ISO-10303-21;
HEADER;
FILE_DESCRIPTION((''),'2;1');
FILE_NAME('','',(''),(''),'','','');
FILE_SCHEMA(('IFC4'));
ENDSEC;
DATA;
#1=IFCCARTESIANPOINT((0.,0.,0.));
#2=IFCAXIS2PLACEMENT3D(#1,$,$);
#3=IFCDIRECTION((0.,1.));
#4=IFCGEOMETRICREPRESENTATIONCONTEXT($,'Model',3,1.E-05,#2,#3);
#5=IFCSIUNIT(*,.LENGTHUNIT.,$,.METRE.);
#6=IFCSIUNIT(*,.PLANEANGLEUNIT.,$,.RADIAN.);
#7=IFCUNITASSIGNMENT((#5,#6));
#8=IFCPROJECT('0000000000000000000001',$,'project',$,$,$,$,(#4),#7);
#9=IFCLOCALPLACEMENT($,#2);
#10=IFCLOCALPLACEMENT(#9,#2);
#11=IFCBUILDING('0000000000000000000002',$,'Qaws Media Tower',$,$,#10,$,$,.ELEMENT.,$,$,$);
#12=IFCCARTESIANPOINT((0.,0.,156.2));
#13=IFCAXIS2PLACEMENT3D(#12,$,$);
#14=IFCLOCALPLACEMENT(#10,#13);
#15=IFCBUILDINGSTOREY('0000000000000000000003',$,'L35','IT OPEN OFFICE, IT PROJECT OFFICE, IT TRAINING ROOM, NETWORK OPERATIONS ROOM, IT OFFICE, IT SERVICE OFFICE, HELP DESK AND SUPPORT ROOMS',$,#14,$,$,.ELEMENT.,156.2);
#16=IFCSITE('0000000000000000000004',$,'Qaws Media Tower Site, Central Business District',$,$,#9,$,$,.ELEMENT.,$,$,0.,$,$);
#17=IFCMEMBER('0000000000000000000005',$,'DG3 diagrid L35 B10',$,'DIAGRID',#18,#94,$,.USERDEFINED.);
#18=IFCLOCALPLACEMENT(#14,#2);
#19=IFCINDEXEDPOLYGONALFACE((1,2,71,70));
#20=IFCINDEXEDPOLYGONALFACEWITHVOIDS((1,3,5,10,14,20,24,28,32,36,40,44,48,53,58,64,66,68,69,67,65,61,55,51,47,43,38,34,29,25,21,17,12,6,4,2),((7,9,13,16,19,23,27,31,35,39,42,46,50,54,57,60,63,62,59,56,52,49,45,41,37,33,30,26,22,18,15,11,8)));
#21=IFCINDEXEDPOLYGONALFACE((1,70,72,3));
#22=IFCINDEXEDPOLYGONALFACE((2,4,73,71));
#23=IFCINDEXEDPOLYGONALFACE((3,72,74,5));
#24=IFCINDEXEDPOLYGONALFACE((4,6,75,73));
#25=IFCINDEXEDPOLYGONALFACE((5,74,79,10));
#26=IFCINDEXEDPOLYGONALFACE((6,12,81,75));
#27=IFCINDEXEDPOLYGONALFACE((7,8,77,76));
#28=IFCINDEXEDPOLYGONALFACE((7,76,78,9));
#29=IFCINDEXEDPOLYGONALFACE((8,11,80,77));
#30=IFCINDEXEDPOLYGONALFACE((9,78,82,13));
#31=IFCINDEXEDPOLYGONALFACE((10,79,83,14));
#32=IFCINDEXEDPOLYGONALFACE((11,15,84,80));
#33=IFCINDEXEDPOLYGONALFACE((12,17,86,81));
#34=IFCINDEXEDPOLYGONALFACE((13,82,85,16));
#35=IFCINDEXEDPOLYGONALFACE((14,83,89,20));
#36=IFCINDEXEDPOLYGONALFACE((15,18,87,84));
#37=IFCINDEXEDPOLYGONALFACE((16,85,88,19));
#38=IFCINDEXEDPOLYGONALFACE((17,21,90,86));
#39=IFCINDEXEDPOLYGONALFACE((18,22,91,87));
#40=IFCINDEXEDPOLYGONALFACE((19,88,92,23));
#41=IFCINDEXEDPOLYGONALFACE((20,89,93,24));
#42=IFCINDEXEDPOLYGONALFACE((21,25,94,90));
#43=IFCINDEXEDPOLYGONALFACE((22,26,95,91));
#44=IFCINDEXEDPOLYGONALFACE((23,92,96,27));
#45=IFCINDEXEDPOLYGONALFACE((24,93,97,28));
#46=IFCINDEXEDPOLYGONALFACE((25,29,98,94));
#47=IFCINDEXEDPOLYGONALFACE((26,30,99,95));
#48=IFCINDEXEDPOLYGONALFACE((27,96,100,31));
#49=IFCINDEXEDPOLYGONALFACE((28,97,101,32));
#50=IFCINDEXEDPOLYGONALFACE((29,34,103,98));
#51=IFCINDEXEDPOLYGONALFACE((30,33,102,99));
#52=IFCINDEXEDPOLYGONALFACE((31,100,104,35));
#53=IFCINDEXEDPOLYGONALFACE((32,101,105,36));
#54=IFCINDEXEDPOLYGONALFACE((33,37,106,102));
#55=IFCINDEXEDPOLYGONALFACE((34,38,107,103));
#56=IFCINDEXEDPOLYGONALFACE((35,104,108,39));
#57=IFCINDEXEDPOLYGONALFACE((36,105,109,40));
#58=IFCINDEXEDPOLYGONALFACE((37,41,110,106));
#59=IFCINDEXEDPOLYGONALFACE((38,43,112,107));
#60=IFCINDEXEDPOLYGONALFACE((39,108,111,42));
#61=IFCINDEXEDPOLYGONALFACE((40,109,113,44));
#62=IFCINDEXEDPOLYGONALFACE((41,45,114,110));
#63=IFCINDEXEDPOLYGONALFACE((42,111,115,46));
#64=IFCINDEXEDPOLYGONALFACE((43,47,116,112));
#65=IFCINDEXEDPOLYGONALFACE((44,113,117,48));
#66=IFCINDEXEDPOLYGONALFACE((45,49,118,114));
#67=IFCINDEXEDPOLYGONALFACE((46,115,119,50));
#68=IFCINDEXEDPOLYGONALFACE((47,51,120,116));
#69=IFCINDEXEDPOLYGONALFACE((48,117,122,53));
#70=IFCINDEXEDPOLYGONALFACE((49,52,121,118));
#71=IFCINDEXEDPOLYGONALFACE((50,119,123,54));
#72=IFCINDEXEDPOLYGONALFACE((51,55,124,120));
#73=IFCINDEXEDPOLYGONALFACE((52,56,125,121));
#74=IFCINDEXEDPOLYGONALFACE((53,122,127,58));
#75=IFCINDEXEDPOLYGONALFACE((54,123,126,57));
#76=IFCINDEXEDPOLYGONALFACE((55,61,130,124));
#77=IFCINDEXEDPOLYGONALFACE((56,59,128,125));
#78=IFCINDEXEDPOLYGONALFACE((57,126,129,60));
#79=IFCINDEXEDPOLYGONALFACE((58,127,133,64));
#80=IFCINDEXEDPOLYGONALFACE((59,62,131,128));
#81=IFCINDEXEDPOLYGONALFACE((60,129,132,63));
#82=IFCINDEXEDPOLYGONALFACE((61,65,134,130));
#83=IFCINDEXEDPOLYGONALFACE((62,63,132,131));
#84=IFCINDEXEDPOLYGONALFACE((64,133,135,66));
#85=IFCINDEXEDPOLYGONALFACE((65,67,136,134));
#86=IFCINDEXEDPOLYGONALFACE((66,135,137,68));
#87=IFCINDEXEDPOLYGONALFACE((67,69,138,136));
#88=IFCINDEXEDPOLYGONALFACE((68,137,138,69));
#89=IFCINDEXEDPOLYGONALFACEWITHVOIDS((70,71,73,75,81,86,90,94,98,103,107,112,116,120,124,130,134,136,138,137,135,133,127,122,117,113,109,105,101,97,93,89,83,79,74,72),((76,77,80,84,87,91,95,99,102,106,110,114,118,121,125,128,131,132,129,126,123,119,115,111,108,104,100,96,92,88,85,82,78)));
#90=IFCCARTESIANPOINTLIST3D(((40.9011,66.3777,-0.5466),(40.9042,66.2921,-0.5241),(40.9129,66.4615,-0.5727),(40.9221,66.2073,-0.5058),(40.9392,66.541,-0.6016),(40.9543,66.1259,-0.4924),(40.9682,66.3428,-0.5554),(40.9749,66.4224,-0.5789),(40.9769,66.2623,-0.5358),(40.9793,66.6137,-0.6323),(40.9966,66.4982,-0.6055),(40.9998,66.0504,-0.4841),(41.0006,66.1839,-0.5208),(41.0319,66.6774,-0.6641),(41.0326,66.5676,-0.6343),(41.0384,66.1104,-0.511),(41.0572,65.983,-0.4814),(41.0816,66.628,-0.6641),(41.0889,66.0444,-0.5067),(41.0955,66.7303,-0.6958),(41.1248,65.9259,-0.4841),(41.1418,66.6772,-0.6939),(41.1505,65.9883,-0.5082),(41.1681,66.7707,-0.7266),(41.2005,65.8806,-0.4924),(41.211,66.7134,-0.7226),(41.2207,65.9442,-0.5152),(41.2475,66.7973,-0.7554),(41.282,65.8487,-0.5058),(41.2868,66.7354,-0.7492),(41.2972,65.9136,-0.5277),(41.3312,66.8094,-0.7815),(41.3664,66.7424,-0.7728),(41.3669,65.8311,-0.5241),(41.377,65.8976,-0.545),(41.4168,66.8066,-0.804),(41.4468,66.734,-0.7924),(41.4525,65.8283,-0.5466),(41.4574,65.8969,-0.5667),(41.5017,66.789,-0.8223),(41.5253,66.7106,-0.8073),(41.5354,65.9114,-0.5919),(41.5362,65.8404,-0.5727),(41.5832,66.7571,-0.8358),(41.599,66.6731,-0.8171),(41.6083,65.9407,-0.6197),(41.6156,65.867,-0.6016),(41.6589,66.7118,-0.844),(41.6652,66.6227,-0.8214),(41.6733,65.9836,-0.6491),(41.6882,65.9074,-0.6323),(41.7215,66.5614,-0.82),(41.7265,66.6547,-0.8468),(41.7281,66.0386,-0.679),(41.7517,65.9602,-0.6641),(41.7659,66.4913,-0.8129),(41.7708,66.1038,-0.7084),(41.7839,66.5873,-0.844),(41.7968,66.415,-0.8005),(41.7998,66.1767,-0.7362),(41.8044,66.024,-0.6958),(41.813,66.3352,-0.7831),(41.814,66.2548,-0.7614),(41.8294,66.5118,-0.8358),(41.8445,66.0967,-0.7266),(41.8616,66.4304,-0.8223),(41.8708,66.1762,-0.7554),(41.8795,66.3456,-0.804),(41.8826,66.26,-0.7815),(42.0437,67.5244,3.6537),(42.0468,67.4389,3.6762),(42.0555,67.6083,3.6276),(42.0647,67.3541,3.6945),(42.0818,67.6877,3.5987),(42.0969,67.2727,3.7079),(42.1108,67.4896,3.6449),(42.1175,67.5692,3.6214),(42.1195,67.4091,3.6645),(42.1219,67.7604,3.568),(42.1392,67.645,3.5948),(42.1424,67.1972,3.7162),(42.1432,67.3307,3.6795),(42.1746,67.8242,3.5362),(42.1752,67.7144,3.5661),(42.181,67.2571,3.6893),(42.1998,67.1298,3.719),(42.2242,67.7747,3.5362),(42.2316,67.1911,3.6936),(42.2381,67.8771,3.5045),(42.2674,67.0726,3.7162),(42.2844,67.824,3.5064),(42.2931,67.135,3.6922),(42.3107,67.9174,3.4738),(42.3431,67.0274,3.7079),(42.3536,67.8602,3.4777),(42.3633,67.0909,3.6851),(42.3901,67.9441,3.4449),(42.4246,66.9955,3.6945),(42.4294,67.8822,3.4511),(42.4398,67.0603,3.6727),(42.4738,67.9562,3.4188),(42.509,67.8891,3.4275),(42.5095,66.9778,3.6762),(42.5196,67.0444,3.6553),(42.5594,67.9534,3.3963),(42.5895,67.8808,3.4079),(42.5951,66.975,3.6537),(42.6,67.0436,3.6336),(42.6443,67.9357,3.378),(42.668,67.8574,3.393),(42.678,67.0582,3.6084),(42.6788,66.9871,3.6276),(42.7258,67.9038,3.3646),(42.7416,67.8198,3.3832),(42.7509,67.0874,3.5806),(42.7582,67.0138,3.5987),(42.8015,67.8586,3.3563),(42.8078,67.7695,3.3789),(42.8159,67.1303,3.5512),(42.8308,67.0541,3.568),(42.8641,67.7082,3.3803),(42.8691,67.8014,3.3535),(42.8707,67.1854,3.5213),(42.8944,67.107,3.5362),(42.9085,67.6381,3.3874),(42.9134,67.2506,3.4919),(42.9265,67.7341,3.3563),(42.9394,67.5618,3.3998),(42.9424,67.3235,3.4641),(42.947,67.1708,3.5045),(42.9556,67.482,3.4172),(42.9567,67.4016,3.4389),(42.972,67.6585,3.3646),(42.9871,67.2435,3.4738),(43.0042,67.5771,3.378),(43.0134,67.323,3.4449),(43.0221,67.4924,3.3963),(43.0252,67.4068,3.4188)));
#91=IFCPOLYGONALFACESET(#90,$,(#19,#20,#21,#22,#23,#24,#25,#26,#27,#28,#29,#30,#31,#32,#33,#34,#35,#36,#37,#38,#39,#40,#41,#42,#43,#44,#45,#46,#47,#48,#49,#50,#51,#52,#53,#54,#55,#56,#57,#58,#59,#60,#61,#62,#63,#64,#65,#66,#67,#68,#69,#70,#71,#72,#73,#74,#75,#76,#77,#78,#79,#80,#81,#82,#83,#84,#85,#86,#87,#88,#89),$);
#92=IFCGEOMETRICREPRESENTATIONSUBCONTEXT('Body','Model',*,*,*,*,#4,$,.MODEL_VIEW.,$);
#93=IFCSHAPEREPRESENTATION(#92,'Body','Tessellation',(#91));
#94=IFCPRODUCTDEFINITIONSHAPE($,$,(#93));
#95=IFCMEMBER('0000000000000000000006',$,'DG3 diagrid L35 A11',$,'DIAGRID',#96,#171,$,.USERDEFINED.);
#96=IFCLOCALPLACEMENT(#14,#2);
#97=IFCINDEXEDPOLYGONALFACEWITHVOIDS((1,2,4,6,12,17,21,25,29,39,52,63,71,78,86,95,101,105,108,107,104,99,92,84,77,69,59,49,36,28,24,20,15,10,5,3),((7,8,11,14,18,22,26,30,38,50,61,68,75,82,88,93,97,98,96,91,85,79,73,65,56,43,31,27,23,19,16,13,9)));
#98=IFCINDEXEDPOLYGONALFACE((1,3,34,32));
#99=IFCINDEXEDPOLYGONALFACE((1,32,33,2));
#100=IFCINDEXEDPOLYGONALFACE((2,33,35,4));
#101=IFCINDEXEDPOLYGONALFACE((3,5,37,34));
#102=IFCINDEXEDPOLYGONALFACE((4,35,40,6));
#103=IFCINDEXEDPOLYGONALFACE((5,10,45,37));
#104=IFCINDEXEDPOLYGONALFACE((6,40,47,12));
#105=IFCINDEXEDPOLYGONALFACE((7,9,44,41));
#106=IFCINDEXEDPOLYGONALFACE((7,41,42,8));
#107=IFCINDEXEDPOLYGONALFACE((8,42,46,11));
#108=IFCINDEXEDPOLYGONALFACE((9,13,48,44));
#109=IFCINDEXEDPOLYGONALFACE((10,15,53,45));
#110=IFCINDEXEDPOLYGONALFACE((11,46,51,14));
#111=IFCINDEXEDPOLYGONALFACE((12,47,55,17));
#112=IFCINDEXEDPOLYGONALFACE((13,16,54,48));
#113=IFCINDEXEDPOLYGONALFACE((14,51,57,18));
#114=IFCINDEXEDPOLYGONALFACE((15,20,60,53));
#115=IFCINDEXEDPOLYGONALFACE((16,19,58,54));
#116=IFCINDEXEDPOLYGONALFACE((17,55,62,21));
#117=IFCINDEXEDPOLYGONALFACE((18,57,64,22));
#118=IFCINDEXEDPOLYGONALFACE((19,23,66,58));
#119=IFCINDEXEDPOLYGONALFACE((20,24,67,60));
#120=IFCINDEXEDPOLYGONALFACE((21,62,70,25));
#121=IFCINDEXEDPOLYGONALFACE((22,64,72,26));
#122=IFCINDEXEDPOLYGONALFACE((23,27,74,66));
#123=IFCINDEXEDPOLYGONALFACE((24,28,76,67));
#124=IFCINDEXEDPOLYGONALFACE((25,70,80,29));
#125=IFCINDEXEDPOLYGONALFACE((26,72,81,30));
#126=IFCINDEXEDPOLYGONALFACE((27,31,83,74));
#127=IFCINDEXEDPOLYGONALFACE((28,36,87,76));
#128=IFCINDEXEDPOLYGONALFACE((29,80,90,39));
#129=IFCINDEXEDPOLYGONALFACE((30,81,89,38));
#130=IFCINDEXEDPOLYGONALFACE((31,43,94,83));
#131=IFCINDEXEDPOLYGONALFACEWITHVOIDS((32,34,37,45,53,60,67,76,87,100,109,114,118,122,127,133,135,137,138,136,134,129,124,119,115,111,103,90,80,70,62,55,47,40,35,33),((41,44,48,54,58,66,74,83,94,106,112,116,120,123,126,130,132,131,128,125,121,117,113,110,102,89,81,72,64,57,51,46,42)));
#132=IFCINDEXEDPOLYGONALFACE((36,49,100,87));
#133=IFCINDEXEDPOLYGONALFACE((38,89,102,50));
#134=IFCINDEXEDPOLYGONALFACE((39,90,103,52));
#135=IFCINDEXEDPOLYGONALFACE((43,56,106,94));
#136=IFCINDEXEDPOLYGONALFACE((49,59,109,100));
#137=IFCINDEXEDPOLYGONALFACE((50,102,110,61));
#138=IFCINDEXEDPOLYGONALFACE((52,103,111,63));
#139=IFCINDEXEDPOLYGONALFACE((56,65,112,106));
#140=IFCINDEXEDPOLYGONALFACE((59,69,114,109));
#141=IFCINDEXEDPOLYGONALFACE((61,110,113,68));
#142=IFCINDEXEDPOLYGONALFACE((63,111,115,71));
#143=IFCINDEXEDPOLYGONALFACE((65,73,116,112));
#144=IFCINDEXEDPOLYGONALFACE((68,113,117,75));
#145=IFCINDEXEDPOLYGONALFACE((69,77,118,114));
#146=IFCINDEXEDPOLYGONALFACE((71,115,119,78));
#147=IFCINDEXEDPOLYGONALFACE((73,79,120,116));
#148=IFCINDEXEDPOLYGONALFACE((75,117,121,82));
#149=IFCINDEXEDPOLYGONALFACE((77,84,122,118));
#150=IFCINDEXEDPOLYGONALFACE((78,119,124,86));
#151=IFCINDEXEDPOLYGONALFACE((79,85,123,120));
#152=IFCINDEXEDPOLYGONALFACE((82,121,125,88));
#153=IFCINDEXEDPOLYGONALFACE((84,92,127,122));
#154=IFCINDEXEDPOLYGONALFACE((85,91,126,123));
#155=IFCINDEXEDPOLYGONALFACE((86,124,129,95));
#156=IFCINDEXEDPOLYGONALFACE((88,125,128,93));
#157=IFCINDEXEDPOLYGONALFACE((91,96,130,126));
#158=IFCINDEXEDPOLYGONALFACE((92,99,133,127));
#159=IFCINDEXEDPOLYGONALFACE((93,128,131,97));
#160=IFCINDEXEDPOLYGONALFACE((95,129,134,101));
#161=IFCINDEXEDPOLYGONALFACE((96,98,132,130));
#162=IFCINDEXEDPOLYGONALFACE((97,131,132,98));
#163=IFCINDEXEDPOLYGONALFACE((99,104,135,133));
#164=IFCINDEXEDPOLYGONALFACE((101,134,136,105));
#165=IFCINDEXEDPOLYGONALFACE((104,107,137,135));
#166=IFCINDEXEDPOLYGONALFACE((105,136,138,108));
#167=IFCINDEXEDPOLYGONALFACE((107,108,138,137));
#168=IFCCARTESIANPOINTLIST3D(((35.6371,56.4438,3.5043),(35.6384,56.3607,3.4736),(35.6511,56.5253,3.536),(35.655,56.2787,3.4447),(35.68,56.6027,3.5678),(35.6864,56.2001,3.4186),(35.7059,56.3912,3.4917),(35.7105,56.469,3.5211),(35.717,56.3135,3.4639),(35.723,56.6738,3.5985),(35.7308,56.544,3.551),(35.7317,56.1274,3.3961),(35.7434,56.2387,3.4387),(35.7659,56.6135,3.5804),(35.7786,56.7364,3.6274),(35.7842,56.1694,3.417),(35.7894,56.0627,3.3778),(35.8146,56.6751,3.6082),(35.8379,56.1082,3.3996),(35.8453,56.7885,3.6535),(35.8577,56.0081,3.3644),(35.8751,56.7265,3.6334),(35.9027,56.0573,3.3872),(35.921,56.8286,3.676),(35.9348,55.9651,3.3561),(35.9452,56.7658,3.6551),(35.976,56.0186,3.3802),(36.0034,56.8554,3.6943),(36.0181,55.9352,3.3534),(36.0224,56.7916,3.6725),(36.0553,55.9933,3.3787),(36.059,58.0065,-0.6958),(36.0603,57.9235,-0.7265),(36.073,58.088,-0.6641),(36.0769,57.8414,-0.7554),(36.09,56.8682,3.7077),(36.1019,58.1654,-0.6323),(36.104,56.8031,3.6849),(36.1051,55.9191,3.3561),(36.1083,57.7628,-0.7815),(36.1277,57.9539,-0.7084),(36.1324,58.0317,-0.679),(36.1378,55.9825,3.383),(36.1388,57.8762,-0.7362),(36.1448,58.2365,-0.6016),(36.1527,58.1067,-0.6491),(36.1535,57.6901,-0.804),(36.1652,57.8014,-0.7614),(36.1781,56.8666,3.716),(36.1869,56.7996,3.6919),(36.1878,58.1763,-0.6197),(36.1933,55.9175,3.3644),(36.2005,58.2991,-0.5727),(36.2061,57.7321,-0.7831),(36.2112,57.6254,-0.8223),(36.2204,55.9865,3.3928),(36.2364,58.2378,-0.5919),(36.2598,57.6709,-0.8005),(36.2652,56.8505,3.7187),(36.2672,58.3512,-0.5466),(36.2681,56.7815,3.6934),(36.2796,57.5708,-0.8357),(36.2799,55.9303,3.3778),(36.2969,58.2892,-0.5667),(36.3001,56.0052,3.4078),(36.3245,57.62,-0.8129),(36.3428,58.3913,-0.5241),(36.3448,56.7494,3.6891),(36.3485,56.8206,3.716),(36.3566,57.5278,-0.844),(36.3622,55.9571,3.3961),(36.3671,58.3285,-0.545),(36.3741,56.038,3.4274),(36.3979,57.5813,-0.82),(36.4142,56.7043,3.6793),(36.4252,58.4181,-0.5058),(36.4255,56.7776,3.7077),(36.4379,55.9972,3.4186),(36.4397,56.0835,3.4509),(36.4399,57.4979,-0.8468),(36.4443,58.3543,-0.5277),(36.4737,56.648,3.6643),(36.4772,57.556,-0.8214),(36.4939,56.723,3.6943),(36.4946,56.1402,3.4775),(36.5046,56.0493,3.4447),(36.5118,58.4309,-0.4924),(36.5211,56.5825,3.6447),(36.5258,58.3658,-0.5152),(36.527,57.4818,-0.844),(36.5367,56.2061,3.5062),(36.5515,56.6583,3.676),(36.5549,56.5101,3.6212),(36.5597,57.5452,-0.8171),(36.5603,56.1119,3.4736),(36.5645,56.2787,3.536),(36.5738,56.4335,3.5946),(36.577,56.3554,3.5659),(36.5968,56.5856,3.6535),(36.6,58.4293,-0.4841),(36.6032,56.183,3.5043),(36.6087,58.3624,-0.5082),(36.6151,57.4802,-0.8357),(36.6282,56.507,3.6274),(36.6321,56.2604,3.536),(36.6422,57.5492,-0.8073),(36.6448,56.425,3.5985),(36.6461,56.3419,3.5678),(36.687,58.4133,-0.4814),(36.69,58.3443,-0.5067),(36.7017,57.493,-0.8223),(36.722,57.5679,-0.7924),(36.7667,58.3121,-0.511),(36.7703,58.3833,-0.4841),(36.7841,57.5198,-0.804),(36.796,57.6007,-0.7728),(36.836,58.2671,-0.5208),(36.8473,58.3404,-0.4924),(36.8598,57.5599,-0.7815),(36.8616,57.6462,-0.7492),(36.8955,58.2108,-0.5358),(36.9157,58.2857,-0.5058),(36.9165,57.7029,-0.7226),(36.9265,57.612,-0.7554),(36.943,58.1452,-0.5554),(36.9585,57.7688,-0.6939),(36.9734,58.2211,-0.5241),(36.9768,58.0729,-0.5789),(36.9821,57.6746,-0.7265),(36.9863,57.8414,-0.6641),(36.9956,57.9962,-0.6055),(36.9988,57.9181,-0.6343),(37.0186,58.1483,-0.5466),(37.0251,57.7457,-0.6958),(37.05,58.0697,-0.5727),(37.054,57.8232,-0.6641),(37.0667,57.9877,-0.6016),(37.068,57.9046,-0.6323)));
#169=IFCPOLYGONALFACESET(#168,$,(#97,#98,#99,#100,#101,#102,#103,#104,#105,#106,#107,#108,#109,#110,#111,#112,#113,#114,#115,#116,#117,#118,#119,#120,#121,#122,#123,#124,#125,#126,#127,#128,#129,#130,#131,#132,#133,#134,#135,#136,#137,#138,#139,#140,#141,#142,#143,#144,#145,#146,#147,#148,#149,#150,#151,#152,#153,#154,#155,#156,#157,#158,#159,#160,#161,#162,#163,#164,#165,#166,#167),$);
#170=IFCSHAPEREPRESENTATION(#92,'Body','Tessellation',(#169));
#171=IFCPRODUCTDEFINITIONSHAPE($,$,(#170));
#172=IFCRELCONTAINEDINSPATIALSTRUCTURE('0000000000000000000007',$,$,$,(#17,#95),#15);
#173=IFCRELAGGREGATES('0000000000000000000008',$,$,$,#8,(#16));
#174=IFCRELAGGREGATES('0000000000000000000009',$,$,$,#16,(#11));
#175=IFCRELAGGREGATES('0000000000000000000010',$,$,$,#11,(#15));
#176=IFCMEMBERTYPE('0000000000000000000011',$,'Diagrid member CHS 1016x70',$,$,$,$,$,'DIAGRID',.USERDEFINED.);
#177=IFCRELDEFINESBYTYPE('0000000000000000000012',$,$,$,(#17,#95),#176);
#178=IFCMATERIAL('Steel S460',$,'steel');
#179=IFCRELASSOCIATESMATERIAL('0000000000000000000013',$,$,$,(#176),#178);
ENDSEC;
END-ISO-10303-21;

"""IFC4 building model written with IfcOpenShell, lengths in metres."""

from ifc_helpers import new_model, si_unit, direction, frame, origin, origin_2d, place, context, subcontext, project, spatial, hollow_circle, extrude, material, material_profile, profile_set, type_object, element, save


model = new_model("IFC4")

# Units and contexts
model_context = context("Model", 3, precision=1e-05, world=origin(), true_north=direction((0.0, 1.0)))
body_context = subcontext(model_context, "Body", "Model", "MODEL_VIEW")
ifc_project = project(units=[si_unit("LENGTHUNIT", "METRE"), si_unit("PLANEANGLEUNIT", "RADIAN")], contexts=[model_context])

# Site, building, storey
site_placement = place(None, origin())
site = spatial("IfcSite", under=ifc_project, at=site_placement, Name="Qaws Media Tower Site, Central Business District", CompositionType="ELEMENT", RefElevation=0.0)
building_placement = place(site_placement, origin())
building = spatial("IfcBuilding", under=site, at=building_placement, Name="Qaws Media Tower", CompositionType="ELEMENT")
storey_placement = place(building_placement, frame((0.0, 0.0, 156.2)))
storey = spatial("IfcBuildingStorey", under=building, at=storey_placement, Name="L35", Description="IT OPEN OFFICE, IT PROJECT OFFICE, IT TRAINING ROOM, NETWORK OPERATIONS ROOM, IT OFFICE, IT SERVICE OFFICE, HELP DESK AND SUPPORT ROOMS", CompositionType="ELEMENT", Elevation=156.2)

# Members
ifc_material_1 = material(Name="Steel S460", Category="steel")
ifc_material_profile_1 = material_profile(ifc_material_1, hollow_circle(Radius=0.5081, WallThickness=0.0701, at=origin_2d()), Name="CHS 1016x70")
ifc_profile_set_1 = profile_set([ifc_material_profile_1], Name="Steel S460")
member_type_1 = type_object("IfcMemberType", Name="Diagrid member CHS 1016x70", ElementType="DIAGRID", PredefinedType="USERDEFINED", material=ifc_profile_set_1)
member_1_placement = place(storey_placement, frame((41.3918, 66.3188, -0.6641), z_axis=(0.25383, 0.254752, 0.933098), x_axis=(-0.708388, 0.705824, 0.0)))
element("IfcMember", 1, at=member_1_placement, inside=storey, type_object=member_type_1, Name="DG3 diagrid L35 B10", ObjectType="DIAGRID", PredefinedType="USERDEFINED", context=body_context, shape_type="SweptSolid", body=[
    extrude(hollow_circle(Radius=0.5081, WallThickness=0.0701, at=origin_2d()), origin(), (0.0, 0.0, 1.0), 4.5015),
])
member_2_placement = place(storey_placement, frame((36.5635, 57.9556, -0.6641), z_axis=(-0.093723, -0.347175, 0.933105), x_axis=(0.965439, -0.260628, 0.0)))
element("IfcMember", 2, at=member_2_placement, inside=storey, type_object=member_type_1, Name="DG3 diagrid L35 A11", ObjectType="DIAGRID", PredefinedType="USERDEFINED", context=body_context, shape_type="SweptSolid", body=[
    extrude(hollow_circle(Radius=0.5081, WallThickness=0.0701, at=origin_2d()), origin(), (0.0, 0.0, 1.0), 4.5012),
])

save(model, "model.ifc")
